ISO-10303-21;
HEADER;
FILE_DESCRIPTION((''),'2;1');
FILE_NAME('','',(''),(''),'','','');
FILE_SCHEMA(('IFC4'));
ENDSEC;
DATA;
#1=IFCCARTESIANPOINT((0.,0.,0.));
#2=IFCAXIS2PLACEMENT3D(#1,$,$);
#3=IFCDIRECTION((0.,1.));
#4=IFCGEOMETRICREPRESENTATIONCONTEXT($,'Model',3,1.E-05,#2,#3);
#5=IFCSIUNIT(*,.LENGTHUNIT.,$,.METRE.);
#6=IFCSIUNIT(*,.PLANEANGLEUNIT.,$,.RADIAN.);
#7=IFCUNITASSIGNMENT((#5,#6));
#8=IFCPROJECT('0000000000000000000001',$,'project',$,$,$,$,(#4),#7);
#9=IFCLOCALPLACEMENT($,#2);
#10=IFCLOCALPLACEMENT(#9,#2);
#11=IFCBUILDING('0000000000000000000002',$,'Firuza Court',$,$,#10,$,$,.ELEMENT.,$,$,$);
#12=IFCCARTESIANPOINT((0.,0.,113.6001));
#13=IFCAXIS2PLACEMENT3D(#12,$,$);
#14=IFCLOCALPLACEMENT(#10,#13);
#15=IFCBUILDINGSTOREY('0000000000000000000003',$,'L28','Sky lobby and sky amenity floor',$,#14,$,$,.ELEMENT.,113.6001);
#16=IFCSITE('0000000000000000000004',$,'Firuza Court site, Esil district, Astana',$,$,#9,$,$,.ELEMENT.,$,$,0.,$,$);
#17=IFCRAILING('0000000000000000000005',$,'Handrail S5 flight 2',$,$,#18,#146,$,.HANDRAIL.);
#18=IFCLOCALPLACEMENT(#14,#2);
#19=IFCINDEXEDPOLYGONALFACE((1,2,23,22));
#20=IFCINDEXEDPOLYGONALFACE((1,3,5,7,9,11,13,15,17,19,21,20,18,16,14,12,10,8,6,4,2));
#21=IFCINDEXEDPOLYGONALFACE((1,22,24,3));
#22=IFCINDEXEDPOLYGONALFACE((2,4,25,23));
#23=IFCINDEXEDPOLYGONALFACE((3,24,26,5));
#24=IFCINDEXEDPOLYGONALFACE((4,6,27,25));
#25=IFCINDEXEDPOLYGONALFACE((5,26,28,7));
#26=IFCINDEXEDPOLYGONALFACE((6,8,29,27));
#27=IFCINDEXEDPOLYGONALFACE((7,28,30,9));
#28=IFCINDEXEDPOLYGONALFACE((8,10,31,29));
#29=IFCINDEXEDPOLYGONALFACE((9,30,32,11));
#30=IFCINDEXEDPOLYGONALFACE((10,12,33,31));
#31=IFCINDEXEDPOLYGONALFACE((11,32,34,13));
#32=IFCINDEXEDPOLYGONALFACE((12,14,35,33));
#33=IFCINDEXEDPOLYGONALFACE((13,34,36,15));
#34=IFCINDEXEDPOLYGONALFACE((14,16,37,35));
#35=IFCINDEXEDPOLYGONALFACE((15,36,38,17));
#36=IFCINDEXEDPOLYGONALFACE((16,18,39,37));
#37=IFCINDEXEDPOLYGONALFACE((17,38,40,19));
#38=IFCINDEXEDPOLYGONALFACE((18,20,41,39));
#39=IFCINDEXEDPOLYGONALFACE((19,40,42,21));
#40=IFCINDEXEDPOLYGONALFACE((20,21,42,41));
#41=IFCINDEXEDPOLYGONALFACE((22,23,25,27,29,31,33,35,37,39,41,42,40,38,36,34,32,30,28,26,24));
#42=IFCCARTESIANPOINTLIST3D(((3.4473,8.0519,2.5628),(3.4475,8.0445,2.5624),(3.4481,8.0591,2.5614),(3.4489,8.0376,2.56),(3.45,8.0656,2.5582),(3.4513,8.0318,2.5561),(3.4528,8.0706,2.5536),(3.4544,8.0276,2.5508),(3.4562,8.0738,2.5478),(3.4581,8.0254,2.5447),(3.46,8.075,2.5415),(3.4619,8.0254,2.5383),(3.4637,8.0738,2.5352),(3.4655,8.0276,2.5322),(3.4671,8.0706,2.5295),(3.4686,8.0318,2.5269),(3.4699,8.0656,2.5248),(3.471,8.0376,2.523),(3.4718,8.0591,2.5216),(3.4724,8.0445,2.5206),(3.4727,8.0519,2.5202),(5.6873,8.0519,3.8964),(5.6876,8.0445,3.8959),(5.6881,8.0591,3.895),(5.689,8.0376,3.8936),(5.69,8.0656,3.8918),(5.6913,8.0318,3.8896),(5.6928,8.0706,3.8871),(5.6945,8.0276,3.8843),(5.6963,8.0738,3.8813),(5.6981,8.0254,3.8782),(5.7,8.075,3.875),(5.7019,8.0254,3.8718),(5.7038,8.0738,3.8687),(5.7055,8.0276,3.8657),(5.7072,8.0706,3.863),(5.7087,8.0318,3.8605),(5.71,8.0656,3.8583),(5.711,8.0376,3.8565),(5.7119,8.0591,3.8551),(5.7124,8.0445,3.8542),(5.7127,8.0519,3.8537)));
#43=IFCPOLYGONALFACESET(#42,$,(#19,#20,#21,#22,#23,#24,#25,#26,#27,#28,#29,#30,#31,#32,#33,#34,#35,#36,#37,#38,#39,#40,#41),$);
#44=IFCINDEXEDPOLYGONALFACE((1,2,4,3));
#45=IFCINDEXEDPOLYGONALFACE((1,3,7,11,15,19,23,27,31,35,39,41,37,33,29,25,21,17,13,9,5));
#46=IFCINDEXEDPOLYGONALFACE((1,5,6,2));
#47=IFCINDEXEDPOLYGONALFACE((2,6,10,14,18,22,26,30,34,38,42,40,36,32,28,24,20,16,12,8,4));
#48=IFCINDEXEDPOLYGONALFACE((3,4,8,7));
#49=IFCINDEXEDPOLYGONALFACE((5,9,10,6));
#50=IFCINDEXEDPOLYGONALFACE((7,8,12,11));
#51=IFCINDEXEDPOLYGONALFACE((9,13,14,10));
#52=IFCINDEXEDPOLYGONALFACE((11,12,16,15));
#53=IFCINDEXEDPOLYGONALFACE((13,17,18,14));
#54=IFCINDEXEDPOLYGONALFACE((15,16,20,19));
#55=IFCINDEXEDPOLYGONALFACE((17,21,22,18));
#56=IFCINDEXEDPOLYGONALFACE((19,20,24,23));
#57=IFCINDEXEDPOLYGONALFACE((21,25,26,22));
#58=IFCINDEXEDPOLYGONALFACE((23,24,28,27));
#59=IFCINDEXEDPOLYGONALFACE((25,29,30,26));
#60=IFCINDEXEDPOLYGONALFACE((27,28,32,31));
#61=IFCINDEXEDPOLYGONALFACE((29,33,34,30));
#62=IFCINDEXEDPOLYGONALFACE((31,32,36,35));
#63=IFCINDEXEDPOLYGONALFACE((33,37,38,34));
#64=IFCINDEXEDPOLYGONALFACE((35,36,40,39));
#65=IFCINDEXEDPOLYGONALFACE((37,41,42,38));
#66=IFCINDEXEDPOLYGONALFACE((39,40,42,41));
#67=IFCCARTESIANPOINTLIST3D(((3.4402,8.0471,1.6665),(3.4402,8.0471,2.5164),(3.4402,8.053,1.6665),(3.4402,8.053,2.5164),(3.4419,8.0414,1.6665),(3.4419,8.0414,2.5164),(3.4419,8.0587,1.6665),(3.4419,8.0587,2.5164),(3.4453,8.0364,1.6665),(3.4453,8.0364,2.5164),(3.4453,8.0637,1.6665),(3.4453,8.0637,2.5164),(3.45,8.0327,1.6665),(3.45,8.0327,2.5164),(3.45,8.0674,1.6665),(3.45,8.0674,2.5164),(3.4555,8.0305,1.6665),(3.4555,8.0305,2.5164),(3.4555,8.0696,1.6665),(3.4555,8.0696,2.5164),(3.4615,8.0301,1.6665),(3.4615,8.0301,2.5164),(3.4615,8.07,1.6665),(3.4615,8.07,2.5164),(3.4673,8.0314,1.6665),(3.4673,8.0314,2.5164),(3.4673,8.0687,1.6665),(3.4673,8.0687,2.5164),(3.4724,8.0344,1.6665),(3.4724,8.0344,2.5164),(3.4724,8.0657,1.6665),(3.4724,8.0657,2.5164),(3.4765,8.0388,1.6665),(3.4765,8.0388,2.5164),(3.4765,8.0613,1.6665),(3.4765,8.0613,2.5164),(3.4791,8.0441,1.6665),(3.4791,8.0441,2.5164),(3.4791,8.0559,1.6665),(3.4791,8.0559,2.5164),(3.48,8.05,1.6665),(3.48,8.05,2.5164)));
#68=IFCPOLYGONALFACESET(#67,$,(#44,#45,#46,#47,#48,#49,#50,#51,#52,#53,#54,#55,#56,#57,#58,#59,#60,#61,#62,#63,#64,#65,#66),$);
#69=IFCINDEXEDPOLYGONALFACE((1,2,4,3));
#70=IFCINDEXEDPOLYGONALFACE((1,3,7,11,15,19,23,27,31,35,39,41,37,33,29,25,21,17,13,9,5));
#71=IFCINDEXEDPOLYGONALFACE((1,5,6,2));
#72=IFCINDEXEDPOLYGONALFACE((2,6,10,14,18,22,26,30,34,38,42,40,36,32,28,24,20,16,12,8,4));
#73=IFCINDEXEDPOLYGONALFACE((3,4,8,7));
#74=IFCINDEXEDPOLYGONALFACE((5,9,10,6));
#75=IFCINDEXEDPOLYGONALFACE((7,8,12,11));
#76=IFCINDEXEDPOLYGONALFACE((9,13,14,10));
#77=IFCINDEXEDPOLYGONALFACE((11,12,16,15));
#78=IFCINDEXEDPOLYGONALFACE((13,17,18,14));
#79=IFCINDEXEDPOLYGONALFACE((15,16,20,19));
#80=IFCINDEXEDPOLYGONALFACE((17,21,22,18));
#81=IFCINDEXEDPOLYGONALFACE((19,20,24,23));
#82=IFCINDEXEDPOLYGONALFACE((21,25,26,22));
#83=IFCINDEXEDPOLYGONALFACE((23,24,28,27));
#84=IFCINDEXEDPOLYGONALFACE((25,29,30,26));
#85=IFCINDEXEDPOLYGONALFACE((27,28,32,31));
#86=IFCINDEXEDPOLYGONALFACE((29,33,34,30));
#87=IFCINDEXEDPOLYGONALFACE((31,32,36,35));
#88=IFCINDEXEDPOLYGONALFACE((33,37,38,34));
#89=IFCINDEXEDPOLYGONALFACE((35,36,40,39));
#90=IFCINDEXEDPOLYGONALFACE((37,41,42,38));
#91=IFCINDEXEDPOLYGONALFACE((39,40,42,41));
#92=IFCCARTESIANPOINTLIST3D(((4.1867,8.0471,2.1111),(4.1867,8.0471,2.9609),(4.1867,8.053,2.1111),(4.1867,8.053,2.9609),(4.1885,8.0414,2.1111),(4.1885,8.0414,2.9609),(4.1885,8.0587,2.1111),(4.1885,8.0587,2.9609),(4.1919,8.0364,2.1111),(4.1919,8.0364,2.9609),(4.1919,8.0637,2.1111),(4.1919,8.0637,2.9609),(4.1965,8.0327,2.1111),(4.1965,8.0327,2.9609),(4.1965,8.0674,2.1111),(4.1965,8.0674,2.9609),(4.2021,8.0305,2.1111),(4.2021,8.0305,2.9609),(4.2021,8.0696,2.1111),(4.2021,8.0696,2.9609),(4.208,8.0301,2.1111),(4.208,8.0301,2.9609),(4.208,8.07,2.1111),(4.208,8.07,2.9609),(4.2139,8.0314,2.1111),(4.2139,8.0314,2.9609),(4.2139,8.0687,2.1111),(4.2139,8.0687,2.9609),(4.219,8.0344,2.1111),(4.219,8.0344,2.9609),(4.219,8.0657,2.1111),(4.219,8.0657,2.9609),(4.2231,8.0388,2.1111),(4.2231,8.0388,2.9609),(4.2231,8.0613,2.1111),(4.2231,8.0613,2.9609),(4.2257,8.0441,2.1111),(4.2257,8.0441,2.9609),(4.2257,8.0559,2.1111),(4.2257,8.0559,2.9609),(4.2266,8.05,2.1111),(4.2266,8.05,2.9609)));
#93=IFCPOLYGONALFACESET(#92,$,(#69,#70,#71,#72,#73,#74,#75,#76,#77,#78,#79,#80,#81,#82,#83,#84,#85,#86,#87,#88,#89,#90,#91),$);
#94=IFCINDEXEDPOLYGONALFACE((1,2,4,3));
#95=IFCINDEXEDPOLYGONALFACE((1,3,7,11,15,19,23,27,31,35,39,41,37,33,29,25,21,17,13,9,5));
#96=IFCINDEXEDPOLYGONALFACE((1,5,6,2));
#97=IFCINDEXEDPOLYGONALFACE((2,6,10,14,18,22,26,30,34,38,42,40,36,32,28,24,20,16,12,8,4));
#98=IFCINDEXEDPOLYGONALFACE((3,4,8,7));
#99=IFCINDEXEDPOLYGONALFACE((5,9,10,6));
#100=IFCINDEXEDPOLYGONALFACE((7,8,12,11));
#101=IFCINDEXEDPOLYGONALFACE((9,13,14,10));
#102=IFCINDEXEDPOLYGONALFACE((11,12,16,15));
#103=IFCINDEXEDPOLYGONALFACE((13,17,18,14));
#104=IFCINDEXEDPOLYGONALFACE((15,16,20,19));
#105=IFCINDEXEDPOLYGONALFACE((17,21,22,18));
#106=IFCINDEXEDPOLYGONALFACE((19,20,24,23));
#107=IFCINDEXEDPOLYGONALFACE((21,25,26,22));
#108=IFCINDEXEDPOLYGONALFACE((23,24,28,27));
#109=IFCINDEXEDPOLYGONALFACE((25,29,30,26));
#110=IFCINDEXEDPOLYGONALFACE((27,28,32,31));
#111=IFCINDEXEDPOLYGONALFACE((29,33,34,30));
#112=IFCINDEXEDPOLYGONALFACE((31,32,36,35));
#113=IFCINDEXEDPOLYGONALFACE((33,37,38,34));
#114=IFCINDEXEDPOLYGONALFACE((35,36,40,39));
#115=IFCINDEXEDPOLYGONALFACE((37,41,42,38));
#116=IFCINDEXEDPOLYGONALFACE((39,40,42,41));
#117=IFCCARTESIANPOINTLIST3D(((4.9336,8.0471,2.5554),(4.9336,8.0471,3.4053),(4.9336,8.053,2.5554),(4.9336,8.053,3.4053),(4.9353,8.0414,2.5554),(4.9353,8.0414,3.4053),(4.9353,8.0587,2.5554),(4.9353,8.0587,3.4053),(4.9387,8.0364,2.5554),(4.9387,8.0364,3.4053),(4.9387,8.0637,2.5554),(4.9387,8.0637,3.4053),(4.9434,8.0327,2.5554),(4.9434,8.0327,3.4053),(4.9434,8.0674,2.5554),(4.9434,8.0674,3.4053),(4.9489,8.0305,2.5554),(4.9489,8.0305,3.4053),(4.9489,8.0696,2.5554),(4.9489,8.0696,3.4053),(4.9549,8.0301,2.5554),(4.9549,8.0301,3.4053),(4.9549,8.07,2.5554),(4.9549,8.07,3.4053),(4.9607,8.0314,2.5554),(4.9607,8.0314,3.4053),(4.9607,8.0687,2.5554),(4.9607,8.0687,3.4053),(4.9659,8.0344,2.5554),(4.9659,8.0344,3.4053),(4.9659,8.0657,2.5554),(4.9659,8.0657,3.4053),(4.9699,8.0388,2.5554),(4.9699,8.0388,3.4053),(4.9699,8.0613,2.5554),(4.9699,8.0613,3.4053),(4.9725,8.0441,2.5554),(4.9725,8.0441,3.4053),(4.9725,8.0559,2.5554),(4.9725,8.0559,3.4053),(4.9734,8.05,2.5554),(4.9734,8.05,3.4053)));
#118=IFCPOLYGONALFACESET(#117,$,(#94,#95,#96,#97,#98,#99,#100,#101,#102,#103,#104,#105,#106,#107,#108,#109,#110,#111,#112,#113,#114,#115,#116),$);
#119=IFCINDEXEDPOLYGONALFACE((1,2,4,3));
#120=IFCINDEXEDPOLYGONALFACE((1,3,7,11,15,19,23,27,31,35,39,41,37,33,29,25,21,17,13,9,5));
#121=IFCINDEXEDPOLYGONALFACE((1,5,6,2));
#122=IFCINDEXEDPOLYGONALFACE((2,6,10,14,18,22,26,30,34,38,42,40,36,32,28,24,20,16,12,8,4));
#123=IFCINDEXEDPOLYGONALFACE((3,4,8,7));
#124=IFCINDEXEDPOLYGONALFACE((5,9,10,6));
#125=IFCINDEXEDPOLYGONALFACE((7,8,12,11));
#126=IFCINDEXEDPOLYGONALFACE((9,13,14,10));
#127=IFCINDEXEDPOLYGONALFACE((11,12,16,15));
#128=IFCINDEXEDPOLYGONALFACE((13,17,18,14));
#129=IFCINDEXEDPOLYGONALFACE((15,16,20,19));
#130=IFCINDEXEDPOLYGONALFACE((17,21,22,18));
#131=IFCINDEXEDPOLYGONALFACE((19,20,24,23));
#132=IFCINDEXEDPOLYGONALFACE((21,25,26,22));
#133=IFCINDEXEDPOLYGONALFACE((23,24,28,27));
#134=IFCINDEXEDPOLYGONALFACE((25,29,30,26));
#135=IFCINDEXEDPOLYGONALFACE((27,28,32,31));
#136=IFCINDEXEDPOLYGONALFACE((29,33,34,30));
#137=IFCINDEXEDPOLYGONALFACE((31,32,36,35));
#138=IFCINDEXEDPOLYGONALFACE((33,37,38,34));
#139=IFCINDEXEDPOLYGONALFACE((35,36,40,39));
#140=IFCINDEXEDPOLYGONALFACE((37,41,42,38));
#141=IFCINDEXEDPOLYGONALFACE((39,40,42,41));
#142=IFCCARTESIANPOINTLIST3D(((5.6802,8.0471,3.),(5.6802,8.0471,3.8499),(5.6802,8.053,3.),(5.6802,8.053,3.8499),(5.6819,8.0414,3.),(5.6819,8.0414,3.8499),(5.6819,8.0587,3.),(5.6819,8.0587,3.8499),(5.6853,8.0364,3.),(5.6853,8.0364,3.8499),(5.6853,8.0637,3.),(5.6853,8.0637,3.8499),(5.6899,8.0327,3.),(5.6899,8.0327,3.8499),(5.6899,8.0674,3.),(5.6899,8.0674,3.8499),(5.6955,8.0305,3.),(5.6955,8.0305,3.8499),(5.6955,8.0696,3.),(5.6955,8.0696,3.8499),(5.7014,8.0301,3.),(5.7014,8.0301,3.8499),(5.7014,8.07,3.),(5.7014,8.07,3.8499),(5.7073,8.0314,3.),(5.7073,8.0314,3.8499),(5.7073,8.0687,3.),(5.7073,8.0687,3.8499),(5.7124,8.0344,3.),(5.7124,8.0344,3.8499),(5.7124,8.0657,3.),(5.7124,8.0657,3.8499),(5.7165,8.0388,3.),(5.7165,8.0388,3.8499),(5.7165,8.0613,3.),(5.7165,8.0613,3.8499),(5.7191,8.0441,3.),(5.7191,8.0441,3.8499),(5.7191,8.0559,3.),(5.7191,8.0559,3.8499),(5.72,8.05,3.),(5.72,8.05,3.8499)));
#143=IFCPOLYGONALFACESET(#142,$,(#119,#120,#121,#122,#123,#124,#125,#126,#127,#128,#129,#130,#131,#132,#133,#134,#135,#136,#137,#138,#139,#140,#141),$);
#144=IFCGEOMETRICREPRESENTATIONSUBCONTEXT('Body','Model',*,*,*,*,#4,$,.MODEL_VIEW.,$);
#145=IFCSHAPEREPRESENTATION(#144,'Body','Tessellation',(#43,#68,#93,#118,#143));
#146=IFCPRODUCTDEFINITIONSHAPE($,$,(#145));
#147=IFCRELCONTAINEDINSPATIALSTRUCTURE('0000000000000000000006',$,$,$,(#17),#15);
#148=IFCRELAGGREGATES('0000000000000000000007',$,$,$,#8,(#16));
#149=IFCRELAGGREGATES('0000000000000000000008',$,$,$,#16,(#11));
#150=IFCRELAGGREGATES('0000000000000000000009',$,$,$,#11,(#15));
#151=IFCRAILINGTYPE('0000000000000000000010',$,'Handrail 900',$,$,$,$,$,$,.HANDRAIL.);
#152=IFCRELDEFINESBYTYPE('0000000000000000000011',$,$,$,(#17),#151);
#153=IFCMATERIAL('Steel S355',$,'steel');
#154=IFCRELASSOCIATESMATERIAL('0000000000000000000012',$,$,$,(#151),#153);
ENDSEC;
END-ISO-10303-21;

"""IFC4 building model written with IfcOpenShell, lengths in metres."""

from ifc_helpers import new_model, si_unit, direction, frame, origin, origin_2d, place, context, subcontext, project, spatial, circle, extrude, material, type_object, element, save


model = new_model("IFC4")

# Units and contexts
model_context = context("Model", 3, precision=1e-05, world=origin(), true_north=direction((0.0, 1.0)))
body_context = subcontext(model_context, "Body", "Model", "MODEL_VIEW")
ifc_project = project(units=[si_unit("LENGTHUNIT", "METRE"), si_unit("PLANEANGLEUNIT", "RADIAN")], contexts=[model_context])

# Site, building, storey
site_placement = place(None, origin())
site = spatial("IfcSite", under=ifc_project, at=site_placement, Name="Firuza Court site, Esil district, Astana", CompositionType="ELEMENT", RefElevation=0.0)
building_placement = place(site_placement, origin())
building = spatial("IfcBuilding", under=site, at=building_placement, Name="Firuza Court", CompositionType="ELEMENT")
storey_placement = place(building_placement, frame((0.0, 0.0, 113.6001)))
storey = spatial("IfcBuildingStorey", under=building, at=storey_placement, Name="L28", Description="Sky lobby and sky amenity floor", CompositionType="ELEMENT", Elevation=113.6001)

# Railing
ifc_material_1 = material(Name="Steel S355", Category="steel")
railing_type_1 = type_object("IfcRailingType", Name="Handrail 900", PredefinedType="HANDRAIL", material=ifc_material_1)
railing_1_placement = place(storey_placement, frame((3.46, 8.05, 1.6665)))
element("IfcRailing", 1, at=railing_1_placement, inside=storey, type_object=railing_type_1, Name="Handrail S5 flight 2", PredefinedType="HANDRAIL", context=body_context, shape_type="SweptSolid", body=[
    extrude(circle(Radius=0.0249, at=origin_2d()), frame((0.0, 0.0, 0.875), z_axis=(0.859264, 0.0, 0.511532), x_axis=(0.0, 1.0, 0.0)), (0.0, 0.0, 1.0), 2.6069),
    extrude(circle(Radius=0.02, at=origin_2d()), origin(), (0.0, 0.0, 1.0), 0.8499),
    extrude(circle(Radius=0.02, at=origin_2d()), frame((0.7466, 0.0, 0.4446)), (0.0, 0.0, 1.0), 0.8499),
    extrude(circle(Radius=0.02, at=origin_2d()), frame((1.4934, 0.0, 0.8889)), (0.0, 0.0, 1.0), 0.8499),
    extrude(circle(Radius=0.02, at=origin_2d()), frame((2.24, 0.0, 1.3335)), (0.0, 0.0, 1.0), 0.8499),
])

save(model, "model.ifc")
